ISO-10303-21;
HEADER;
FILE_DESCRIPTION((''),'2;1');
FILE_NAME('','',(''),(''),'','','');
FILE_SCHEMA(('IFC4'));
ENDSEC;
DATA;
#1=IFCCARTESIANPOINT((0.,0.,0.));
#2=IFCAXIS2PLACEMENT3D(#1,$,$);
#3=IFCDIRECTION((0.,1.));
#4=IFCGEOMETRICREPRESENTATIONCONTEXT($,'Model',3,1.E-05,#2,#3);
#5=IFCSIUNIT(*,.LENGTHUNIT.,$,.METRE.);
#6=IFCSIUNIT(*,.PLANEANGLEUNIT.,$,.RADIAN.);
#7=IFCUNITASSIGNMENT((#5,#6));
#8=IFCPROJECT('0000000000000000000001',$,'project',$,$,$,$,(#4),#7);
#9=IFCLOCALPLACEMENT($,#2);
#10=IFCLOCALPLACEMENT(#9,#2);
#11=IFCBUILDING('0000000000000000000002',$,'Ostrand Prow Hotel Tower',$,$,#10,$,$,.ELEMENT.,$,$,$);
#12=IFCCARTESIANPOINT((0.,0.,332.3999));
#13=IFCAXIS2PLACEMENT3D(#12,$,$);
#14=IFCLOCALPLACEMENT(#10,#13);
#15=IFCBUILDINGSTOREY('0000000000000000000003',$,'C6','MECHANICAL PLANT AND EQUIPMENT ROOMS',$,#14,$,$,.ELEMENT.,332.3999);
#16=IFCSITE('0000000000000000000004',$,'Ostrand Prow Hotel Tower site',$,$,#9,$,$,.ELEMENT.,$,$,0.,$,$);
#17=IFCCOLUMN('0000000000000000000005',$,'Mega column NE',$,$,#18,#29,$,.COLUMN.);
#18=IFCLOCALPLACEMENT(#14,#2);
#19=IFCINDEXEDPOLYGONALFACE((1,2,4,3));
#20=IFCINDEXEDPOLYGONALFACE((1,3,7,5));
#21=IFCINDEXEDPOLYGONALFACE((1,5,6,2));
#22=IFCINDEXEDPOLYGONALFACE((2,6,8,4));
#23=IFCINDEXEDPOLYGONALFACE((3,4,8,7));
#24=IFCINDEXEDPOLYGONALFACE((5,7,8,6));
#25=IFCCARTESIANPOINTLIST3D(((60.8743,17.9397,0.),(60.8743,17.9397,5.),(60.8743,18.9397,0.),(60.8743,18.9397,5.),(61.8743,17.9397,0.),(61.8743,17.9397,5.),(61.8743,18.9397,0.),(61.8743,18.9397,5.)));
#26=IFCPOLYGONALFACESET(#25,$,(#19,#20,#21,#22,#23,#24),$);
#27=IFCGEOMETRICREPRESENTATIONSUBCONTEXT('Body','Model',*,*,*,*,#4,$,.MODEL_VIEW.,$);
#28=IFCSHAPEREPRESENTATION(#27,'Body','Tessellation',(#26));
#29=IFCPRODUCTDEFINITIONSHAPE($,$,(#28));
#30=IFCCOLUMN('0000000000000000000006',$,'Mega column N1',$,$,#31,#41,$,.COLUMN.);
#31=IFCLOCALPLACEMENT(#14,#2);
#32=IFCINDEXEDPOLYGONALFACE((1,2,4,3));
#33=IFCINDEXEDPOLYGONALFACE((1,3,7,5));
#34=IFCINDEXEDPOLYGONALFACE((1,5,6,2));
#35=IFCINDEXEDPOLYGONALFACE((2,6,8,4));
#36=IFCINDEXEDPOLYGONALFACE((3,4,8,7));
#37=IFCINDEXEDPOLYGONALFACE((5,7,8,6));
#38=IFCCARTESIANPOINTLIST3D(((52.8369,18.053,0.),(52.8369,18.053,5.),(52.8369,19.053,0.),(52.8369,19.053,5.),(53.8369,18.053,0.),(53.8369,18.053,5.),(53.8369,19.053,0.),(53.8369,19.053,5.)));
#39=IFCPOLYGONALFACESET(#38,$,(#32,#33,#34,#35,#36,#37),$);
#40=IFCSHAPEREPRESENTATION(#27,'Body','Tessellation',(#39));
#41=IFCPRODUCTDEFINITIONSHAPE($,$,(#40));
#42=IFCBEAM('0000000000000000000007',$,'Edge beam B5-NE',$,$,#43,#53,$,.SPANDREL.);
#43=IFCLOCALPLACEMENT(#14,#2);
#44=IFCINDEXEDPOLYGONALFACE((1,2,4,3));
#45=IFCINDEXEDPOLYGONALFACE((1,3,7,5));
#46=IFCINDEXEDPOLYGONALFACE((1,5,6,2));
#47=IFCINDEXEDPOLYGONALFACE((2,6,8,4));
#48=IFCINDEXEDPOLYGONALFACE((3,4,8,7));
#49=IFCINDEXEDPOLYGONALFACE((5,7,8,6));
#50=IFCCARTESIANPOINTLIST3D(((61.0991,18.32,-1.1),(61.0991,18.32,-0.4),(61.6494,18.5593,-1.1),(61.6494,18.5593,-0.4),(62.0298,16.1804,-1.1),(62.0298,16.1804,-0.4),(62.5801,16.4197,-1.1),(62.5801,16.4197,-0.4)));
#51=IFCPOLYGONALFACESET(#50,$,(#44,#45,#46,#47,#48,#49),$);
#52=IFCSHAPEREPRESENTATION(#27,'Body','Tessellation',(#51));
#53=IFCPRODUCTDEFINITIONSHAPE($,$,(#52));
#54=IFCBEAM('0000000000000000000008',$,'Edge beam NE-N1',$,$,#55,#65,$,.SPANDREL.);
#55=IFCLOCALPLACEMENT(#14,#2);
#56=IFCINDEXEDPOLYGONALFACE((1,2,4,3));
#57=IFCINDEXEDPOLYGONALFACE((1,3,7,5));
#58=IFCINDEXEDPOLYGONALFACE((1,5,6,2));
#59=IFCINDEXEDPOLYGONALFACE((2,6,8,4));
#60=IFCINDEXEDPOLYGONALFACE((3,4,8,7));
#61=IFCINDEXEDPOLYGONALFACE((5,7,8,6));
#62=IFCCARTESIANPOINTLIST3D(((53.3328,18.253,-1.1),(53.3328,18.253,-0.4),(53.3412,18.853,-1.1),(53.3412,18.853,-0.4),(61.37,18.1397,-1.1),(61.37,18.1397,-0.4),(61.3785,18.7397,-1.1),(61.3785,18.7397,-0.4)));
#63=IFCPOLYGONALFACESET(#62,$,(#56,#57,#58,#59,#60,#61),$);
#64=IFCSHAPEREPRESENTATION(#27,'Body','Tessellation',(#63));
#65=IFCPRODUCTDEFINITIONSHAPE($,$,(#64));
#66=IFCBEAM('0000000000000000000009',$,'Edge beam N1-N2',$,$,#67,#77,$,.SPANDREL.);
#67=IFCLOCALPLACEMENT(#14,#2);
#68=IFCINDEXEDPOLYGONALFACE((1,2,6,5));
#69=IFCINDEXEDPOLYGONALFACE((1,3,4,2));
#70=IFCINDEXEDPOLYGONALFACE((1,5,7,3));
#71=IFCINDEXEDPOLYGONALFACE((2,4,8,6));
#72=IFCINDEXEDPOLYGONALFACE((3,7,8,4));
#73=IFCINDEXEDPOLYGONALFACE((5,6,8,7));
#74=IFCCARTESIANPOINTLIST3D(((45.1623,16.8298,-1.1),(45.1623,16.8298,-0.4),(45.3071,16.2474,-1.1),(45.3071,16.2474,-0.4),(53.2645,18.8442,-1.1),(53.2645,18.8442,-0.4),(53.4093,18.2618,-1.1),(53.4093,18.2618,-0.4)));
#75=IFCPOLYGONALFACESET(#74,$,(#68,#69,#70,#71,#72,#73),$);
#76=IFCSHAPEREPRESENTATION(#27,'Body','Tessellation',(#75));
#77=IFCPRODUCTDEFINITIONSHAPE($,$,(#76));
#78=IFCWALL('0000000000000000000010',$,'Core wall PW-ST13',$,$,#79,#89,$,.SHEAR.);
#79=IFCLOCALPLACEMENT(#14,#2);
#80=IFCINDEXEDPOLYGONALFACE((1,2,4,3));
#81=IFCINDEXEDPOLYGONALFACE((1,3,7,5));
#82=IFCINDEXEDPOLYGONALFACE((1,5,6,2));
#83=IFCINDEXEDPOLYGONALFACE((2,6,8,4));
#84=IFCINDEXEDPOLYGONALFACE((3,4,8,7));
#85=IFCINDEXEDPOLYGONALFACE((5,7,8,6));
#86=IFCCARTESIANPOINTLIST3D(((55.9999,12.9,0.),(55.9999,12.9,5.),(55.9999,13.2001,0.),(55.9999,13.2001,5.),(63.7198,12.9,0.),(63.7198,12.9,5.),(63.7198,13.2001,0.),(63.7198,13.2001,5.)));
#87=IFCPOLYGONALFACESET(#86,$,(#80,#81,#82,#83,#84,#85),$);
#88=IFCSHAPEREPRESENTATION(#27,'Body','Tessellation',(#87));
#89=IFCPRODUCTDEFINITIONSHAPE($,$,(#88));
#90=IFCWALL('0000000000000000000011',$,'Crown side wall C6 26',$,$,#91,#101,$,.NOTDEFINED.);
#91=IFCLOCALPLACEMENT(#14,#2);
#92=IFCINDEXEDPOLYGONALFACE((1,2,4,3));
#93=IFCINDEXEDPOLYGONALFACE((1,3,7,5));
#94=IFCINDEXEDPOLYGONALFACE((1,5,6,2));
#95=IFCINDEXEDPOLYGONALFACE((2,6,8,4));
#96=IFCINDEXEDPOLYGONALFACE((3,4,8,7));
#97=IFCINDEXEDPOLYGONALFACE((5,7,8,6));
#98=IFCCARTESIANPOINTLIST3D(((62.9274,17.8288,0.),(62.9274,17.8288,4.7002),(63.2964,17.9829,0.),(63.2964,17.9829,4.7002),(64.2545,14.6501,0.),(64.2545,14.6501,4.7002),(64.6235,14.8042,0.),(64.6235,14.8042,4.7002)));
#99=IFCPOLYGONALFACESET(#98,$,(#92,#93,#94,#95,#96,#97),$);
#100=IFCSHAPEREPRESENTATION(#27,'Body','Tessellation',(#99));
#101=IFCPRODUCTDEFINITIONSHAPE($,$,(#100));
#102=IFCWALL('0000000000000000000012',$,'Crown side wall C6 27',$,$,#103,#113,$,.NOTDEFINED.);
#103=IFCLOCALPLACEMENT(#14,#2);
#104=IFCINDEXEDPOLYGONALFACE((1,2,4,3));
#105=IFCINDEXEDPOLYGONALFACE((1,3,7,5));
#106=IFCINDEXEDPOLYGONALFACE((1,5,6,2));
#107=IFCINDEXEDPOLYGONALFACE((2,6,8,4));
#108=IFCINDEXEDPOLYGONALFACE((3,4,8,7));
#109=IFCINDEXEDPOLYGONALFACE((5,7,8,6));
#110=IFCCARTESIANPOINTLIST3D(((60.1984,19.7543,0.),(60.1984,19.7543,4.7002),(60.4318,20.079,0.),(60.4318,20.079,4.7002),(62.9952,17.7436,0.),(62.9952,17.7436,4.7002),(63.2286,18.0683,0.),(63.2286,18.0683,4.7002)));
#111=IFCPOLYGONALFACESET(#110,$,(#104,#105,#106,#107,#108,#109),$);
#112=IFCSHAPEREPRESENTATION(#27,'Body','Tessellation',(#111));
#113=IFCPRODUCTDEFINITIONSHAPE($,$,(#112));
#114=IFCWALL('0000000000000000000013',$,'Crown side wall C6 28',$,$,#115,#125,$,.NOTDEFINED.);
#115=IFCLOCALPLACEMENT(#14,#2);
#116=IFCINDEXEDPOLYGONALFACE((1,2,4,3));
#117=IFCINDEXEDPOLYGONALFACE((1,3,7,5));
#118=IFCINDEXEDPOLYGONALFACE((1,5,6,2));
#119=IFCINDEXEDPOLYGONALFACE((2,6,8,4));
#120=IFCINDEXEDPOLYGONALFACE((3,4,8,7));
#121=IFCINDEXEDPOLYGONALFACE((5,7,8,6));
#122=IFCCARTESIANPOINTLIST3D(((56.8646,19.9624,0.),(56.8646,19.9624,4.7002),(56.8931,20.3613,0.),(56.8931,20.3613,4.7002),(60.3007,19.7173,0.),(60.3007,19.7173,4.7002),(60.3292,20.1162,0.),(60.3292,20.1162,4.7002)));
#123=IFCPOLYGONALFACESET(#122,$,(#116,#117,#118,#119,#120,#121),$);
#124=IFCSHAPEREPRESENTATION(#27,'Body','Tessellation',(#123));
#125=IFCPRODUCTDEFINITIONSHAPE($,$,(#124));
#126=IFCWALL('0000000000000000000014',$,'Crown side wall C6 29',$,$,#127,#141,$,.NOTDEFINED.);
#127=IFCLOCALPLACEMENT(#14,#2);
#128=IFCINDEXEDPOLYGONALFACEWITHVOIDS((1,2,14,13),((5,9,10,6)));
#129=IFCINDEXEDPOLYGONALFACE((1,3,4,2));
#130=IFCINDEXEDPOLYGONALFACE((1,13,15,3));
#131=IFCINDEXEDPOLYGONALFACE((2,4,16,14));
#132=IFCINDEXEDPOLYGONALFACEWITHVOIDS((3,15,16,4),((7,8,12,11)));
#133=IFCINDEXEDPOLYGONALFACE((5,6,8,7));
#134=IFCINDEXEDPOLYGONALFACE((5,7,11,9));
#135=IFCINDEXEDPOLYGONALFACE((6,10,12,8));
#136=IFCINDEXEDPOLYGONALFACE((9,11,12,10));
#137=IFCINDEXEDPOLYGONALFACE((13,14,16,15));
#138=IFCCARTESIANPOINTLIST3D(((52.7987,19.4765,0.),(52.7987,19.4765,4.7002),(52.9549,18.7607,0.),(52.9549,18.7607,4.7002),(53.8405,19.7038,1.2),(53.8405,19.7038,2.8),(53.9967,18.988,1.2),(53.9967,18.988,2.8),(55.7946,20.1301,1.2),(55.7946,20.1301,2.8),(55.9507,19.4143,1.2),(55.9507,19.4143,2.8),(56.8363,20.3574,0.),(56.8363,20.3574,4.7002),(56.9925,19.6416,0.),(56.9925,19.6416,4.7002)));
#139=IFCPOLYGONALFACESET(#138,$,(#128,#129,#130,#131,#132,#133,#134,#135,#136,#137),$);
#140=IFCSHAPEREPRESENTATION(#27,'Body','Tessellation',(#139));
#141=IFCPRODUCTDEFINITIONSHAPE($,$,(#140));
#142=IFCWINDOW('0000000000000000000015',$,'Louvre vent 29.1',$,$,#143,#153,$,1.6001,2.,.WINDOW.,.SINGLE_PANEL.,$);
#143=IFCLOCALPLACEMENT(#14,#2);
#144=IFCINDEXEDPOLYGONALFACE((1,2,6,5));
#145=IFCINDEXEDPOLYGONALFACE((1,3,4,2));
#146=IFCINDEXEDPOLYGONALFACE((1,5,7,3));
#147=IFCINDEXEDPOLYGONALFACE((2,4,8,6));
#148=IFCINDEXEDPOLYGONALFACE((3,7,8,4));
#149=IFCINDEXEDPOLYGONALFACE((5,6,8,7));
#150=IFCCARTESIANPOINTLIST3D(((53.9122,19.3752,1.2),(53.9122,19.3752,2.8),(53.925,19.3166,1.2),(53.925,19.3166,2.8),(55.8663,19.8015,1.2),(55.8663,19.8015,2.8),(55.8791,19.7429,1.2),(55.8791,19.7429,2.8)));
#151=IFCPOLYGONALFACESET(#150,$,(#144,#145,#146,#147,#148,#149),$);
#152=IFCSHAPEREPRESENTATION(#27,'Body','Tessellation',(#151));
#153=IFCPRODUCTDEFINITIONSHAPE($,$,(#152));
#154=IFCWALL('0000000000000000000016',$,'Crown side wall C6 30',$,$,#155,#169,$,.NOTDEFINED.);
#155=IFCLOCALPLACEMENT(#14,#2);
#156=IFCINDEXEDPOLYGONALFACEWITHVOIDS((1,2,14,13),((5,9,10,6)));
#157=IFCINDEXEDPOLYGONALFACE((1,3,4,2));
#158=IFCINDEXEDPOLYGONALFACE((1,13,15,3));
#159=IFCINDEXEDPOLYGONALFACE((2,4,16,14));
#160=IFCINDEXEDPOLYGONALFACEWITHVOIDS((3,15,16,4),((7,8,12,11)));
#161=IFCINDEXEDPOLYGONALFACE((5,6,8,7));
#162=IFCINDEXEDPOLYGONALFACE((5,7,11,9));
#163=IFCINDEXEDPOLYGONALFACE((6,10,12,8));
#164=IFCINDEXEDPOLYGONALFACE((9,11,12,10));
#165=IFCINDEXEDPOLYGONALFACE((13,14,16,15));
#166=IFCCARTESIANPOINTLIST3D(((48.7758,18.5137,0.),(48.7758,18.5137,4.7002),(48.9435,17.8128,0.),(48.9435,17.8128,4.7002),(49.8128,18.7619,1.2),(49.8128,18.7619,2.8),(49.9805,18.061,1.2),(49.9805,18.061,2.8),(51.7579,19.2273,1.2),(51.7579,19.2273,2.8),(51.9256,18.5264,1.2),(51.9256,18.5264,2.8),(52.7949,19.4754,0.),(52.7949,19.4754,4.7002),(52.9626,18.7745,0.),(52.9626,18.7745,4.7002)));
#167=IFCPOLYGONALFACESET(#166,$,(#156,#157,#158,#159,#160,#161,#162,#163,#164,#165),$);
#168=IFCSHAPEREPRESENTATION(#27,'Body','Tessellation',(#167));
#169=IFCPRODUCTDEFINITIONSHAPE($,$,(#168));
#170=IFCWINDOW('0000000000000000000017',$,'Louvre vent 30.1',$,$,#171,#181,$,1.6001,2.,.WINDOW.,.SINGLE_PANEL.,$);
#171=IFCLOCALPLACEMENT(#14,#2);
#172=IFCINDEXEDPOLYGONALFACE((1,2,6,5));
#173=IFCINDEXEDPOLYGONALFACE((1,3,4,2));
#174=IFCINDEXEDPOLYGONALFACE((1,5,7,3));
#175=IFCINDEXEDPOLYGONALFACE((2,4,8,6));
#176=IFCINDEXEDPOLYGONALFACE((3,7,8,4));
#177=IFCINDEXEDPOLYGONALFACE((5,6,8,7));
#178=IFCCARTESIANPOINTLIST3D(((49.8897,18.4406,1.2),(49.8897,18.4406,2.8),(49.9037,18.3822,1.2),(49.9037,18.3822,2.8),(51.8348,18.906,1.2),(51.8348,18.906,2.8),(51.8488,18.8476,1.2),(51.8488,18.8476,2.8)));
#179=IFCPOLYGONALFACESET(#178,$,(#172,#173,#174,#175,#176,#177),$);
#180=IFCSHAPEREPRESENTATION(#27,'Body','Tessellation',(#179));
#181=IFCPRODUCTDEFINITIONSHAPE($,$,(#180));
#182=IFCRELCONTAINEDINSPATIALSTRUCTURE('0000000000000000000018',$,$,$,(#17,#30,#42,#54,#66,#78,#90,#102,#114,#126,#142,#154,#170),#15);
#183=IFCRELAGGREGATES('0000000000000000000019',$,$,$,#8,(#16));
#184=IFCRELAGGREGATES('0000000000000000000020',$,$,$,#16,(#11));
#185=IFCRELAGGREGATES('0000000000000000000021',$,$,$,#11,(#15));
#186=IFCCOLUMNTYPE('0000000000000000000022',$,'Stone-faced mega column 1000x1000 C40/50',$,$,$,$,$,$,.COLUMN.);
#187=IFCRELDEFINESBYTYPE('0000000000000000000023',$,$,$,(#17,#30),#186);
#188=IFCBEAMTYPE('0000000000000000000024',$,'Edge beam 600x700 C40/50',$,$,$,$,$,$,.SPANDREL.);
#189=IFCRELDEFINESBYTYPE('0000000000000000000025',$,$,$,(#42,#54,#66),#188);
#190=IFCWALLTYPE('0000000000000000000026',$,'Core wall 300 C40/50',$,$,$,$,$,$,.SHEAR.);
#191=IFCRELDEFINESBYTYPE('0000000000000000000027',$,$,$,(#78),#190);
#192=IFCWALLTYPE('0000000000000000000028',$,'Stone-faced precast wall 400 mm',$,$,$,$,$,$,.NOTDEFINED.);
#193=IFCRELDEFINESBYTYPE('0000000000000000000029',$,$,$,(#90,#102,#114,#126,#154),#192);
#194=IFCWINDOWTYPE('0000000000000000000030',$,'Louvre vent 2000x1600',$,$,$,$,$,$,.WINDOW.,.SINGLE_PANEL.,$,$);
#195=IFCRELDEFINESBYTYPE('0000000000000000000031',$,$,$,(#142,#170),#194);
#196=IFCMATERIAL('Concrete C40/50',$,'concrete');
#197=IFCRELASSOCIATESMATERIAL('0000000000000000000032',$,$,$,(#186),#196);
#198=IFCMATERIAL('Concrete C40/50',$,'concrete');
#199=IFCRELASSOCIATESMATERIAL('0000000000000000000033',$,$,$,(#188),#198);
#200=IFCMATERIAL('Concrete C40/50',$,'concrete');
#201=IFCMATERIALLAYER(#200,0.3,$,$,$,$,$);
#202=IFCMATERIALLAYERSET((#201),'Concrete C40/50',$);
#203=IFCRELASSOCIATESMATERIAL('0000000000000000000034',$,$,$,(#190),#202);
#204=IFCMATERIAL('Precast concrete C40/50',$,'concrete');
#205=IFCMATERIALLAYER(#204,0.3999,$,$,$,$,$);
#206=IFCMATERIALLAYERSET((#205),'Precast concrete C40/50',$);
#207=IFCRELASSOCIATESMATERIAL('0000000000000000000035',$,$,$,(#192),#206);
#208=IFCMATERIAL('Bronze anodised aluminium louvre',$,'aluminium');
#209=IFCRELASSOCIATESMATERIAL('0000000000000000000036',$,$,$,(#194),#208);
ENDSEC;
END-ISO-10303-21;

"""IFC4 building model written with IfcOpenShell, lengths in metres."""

from ifc_helpers import new_model, si_unit, direction, frame, frame_2d, origin, origin_2d, place, context, subcontext, project, spatial, rectangle, extrude, material, layer, layer_set, material_profile, profile_set, type_object, element, fill, save


model = new_model("IFC4")

# Units and contexts
model_context = context("Model", 3, precision=1e-05, world=origin(), true_north=direction((0.0, 1.0)))
body_context = subcontext(model_context, "Body", "Model", "MODEL_VIEW")
ifc_project = project(units=[si_unit("LENGTHUNIT", "METRE"), si_unit("PLANEANGLEUNIT", "RADIAN")], contexts=[model_context])

# Site, building, storey
site_placement = place(None, origin())
site = spatial("IfcSite", under=ifc_project, at=site_placement, Name="Ostrand Prow Hotel Tower site", CompositionType="ELEMENT", RefElevation=0.0)
building_placement = place(site_placement, origin())
building = spatial("IfcBuilding", under=site, at=building_placement, Name="Ostrand Prow Hotel Tower", CompositionType="ELEMENT")
storey_placement = place(building_placement, frame((0.0, 0.0, 332.3999)))
storey = spatial("IfcBuildingStorey", under=building, at=storey_placement, Name="C6", Description="MECHANICAL PLANT AND EQUIPMENT ROOMS", CompositionType="ELEMENT", Elevation=332.3999)

# Columns
ifc_material_1 = material(Name="Concrete C40/50", Category="concrete")
ifc_material_profile_1 = material_profile(ifc_material_1, rectangle(XDim=1.0, YDim=1.0, at=origin_2d()), Name="RC 1000x1000")
ifc_profile_set_1 = profile_set([ifc_material_profile_1], Name="Concrete C40/50")
column_type = type_object("IfcColumnType", Name="Stone-faced mega column 1000x1000 C40/50", PredefinedType="COLUMN", material=ifc_profile_set_1)
for number, where, z_axis, x_axis, name in (
    (1, (61.3743, 18.4397, 0.0), (0.0, 0.0, 1.0), (1.0, 0.0, 0.0), "Mega column NE"),
    (2, (53.3369, 18.553, 0.0), (0.0, 0.0, 1.0), (1.0, 0.0, 0.0), "Mega column N1"),
):
    element("IfcColumn", number, at=place(storey_placement, frame(where, z_axis=z_axis, x_axis=x_axis)), inside=storey, type_object=column_type, Name=name, PredefinedType="COLUMN", context=body_context, shape_type="SweptSolid", body=[
        extrude(rectangle(XDim=1.0, YDim=1.0, at=origin_2d()), origin(), (0.0, 0.0, 1.0), 5.0),
    ])

# Beams
ifc_material_2 = material(Name="Concrete C40/50", Category="concrete")
ifc_material_profile_2 = material_profile(ifc_material_2, rectangle(XDim=0.6001, YDim=0.7, at=origin_2d()), Name="RC 600x700")
ifc_profile_set_2 = profile_set([ifc_material_profile_2], Name="Concrete C40/50")
beam_type = type_object("IfcBeamType", Name="Edge beam 600x700 C40/50", PredefinedType="SPANDREL", material=ifc_profile_set_2)
beam_1_placement = place(storey_placement, frame((62.3049, 16.3, -0.75), z_axis=(-0.398864, 0.91701, 0.0), x_axis=(-0.91701, -0.398864, 0.0)))
element("IfcBeam", 3, at=beam_1_placement, inside=storey, type_object=beam_type, Name="Edge beam B5-NE", PredefinedType="SPANDREL", context=body_context, shape_type="SweptSolid", body=[
    extrude(rectangle(XDim=0.6001, YDim=0.7, at=origin_2d()), origin(), (0.0, 0.0, 1.0), 2.3333),
])
beam_2_placement = place(storey_placement, frame((61.3743, 18.4397, -0.75), z_axis=(-0.999901, 0.014093, 0.0), x_axis=(-0.014093, -0.999901, 0.0)))
element("IfcBeam", 4, at=beam_2_placement, inside=storey, type_object=beam_type, Name="Edge beam NE-N1", PredefinedType="SPANDREL", context=body_context, shape_type="SweptSolid", body=[
    extrude(rectangle(XDim=0.6001, YDim=0.7, at=origin_2d()), origin(), (0.0, 0.0, 1.0), 8.0381),
])
beam_3_placement = place(storey_placement, frame((53.3369, 18.553, -0.75), z_axis=(-0.970456, -0.241276, 0.0), x_axis=(0.241276, -0.970456, 0.0)))
element("IfcBeam", 5, at=beam_3_placement, inside=storey, type_object=beam_type, Name="Edge beam N1-N2", PredefinedType="SPANDREL", context=body_context, shape_type="SweptSolid", body=[
    extrude(rectangle(XDim=0.6001, YDim=0.7, at=origin_2d()), origin(), (0.0, 0.0, 1.0), 8.3489),
])

# Walls
ifc_material_3 = material(Name="Concrete C40/50", Category="concrete")
ifc_layer_1 = layer(ifc_material_3, 0.3)
ifc_layer_set_1 = layer_set([ifc_layer_1], Name="Concrete C40/50")
wall_type_1 = type_object("IfcWallType", Name="Core wall 300 C40/50", PredefinedType="SHEAR", material=ifc_layer_set_1)
wall_1_placement = place(storey_placement, frame((56.0, 13.05, 0.0), z_axis=(0.0, 0.0, 1.0), x_axis=(1.0, 0.0, 0.0)))
element("IfcWall", 6, at=wall_1_placement, inside=storey, type_object=wall_type_1, Name="Core wall PW-ST13", PredefinedType="SHEAR", context=body_context, shape_type="SweptSolid", body=[
    extrude(rectangle(XDim=7.72, YDim=0.3, at=frame_2d((3.8599, 0.0))), origin(), (0.0, 0.0, 1.0), 5.0),
])
ifc_material_4 = material(Name="Precast concrete C40/50", Category="concrete")
ifc_layer_2 = layer(ifc_material_4, 0.3999)
ifc_layer_set_2 = layer_set([ifc_layer_2], Name="Precast concrete C40/50")
wall_type_2 = type_object("IfcWallType", Name="Stone-faced precast wall 400 mm", PredefinedType="NOTDEFINED", material=ifc_layer_set_2)
for number, where, z_axis, x_axis, name in (
    (7, (64.439, 14.7273, 0.0), (0.0, 0.0, 1.0), (-0.38528, 0.9228, 0.0), "Crown side wall C6 26"),
    (8, (63.1118, 17.906, 0.0), (0.0, 0.0, 1.0), (-0.811948, 0.58373, 0.0), "Crown side wall C6 27"),
):
    element("IfcWall", number, at=place(storey_placement, frame(where, z_axis=z_axis, x_axis=x_axis)), inside=storey, type_object=wall_type_2, Name=name, PredefinedType="NOTDEFINED", context=body_context, shape_type="SweptSolid", body=[
        extrude(rectangle(XDim=3.4446, YDim=0.3999, at=frame_2d((1.7222, 0.0))), origin(), (0.0, 0.0, 1.0), 4.7002),
    ])
wall_2_placement = place(storey_placement, frame((60.3149, 19.9167, 0.0), z_axis=(0.0, 0.0, 1.0), x_axis=(-0.997465, 0.071156, 0.0)))
element("IfcWall", 9, at=wall_2_placement, inside=storey, type_object=wall_type_2, Name="Crown side wall C6 28", PredefinedType="NOTDEFINED", context=body_context, shape_type="SweptSolid", body=[
    extrude(rectangle(XDim=3.4448, YDim=0.3999, at=frame_2d((1.7224, 0.0))), origin(), (0.0, 0.0, 1.0), 4.7002),
])

# Walls, openings, windows
wall_3_placement = place(storey_placement, frame((56.9146, 19.9995, 0.0), z_axis=(0.0, 0.0, 1.0), x_axis=(-0.977019, -0.213151, 0.0)))
wall_3 = element("IfcWall", 10, at=wall_3_placement, inside=storey, type_object=wall_type_2, Name="Crown side wall C6 29", PredefinedType="NOTDEFINED", context=body_context, shape_type="SweptSolid", body=[
    extrude(rectangle(XDim=4.1326, YDim=0.7327, at=frame_2d((2.0664, 0.0))), origin(), (0.0, 0.0, 1.0), 4.7002),
])
opening_1_placement = place(wall_3_placement, frame((1.0664, 0.0, 1.2)))
opening_1 = element("IfcOpeningElement", 11, at=opening_1_placement, cuts=wall_3, PredefinedType="OPENING", context=body_context, shape_type="SweptSolid", body=[
    extrude(rectangle(XDim=2.0, YDim=1.6001, at=frame_2d((1.0, 0.8))), frame((0.0, 0.3762, 0.0), z_axis=(0.0, -1.0, 0.0), x_axis=(1.0, 0.0, 0.0)), (0.0, 0.0, 1.0), 0.7527),
])
ifc_material_5 = material(Name="Bronze anodised aluminium louvre", Category="aluminium")
window_type = type_object("IfcWindowType", Name="Louvre vent 2000x1600", PartitioningType="SINGLE_PANEL", PredefinedType="WINDOW", material=ifc_material_5)
window_1_placement = place(opening_1_placement, origin())
window_1 = element("IfcWindow", 12, at=window_1_placement, inside=storey, type_object=window_type, Name="Louvre vent 29.1", OverallHeight=1.6001, OverallWidth=2.0, PartitioningType="SINGLE_PANEL", PredefinedType="WINDOW", context=body_context, shape_type="SweptSolid", body=[
    extrude(rectangle(XDim=2.0, YDim=1.6001, at=frame_2d((1.0, 0.8))), frame((0.0, 0.03, 0.0), z_axis=(0.0, -1.0, 0.0), x_axis=(1.0, 0.0, 0.0)), (0.0, 0.0, 1.0), 0.0601),
])
fill(opening_1, window_1)
wall_4_placement = place(storey_placement, frame((52.8789, 19.125, 0.0), z_axis=(0.0, 0.0, 1.0), x_axis=(-0.972546, -0.232709, 0.0)))
wall_4 = element("IfcWall", 13, at=wall_4_placement, inside=storey, type_object=wall_type_2, Name="Crown side wall C6 30", PredefinedType="NOTDEFINED", context=body_context, shape_type="SweptSolid", body=[
    extrude(rectangle(XDim=4.1326, YDim=0.7207, at=frame_2d((2.0664, 0.0))), origin(), (0.0, 0.0, 1.0), 4.7002),
])
opening_2_placement = place(wall_4_placement, frame((1.0664, 0.0, 1.2)))
opening_2 = element("IfcOpeningElement", 14, at=opening_2_placement, cuts=wall_4, PredefinedType="OPENING", context=body_context, shape_type="SweptSolid", body=[
    extrude(rectangle(XDim=2.0, YDim=1.6001, at=frame_2d((1.0, 0.8))), frame((0.0, 0.3704, 0.0), z_axis=(0.0, -1.0, 0.0), x_axis=(1.0, 0.0, 0.0)), (0.0, 0.0, 1.0), 0.7407),
])
window_2_placement = place(opening_2_placement, origin())
window_2 = element("IfcWindow", 15, at=window_2_placement, inside=storey, type_object=window_type, Name="Louvre vent 30.1", OverallHeight=1.6001, OverallWidth=2.0, PartitioningType="SINGLE_PANEL", PredefinedType="WINDOW", context=body_context, shape_type="SweptSolid", body=[
    extrude(rectangle(XDim=2.0, YDim=1.6001, at=frame_2d((1.0, 0.8))), frame((0.0, 0.03, 0.0), z_axis=(0.0, -1.0, 0.0), x_axis=(1.0, 0.0, 0.0)), (0.0, 0.0, 1.0), 0.0601),
])
fill(opening_2, window_2)

save(model, "model.ifc")
